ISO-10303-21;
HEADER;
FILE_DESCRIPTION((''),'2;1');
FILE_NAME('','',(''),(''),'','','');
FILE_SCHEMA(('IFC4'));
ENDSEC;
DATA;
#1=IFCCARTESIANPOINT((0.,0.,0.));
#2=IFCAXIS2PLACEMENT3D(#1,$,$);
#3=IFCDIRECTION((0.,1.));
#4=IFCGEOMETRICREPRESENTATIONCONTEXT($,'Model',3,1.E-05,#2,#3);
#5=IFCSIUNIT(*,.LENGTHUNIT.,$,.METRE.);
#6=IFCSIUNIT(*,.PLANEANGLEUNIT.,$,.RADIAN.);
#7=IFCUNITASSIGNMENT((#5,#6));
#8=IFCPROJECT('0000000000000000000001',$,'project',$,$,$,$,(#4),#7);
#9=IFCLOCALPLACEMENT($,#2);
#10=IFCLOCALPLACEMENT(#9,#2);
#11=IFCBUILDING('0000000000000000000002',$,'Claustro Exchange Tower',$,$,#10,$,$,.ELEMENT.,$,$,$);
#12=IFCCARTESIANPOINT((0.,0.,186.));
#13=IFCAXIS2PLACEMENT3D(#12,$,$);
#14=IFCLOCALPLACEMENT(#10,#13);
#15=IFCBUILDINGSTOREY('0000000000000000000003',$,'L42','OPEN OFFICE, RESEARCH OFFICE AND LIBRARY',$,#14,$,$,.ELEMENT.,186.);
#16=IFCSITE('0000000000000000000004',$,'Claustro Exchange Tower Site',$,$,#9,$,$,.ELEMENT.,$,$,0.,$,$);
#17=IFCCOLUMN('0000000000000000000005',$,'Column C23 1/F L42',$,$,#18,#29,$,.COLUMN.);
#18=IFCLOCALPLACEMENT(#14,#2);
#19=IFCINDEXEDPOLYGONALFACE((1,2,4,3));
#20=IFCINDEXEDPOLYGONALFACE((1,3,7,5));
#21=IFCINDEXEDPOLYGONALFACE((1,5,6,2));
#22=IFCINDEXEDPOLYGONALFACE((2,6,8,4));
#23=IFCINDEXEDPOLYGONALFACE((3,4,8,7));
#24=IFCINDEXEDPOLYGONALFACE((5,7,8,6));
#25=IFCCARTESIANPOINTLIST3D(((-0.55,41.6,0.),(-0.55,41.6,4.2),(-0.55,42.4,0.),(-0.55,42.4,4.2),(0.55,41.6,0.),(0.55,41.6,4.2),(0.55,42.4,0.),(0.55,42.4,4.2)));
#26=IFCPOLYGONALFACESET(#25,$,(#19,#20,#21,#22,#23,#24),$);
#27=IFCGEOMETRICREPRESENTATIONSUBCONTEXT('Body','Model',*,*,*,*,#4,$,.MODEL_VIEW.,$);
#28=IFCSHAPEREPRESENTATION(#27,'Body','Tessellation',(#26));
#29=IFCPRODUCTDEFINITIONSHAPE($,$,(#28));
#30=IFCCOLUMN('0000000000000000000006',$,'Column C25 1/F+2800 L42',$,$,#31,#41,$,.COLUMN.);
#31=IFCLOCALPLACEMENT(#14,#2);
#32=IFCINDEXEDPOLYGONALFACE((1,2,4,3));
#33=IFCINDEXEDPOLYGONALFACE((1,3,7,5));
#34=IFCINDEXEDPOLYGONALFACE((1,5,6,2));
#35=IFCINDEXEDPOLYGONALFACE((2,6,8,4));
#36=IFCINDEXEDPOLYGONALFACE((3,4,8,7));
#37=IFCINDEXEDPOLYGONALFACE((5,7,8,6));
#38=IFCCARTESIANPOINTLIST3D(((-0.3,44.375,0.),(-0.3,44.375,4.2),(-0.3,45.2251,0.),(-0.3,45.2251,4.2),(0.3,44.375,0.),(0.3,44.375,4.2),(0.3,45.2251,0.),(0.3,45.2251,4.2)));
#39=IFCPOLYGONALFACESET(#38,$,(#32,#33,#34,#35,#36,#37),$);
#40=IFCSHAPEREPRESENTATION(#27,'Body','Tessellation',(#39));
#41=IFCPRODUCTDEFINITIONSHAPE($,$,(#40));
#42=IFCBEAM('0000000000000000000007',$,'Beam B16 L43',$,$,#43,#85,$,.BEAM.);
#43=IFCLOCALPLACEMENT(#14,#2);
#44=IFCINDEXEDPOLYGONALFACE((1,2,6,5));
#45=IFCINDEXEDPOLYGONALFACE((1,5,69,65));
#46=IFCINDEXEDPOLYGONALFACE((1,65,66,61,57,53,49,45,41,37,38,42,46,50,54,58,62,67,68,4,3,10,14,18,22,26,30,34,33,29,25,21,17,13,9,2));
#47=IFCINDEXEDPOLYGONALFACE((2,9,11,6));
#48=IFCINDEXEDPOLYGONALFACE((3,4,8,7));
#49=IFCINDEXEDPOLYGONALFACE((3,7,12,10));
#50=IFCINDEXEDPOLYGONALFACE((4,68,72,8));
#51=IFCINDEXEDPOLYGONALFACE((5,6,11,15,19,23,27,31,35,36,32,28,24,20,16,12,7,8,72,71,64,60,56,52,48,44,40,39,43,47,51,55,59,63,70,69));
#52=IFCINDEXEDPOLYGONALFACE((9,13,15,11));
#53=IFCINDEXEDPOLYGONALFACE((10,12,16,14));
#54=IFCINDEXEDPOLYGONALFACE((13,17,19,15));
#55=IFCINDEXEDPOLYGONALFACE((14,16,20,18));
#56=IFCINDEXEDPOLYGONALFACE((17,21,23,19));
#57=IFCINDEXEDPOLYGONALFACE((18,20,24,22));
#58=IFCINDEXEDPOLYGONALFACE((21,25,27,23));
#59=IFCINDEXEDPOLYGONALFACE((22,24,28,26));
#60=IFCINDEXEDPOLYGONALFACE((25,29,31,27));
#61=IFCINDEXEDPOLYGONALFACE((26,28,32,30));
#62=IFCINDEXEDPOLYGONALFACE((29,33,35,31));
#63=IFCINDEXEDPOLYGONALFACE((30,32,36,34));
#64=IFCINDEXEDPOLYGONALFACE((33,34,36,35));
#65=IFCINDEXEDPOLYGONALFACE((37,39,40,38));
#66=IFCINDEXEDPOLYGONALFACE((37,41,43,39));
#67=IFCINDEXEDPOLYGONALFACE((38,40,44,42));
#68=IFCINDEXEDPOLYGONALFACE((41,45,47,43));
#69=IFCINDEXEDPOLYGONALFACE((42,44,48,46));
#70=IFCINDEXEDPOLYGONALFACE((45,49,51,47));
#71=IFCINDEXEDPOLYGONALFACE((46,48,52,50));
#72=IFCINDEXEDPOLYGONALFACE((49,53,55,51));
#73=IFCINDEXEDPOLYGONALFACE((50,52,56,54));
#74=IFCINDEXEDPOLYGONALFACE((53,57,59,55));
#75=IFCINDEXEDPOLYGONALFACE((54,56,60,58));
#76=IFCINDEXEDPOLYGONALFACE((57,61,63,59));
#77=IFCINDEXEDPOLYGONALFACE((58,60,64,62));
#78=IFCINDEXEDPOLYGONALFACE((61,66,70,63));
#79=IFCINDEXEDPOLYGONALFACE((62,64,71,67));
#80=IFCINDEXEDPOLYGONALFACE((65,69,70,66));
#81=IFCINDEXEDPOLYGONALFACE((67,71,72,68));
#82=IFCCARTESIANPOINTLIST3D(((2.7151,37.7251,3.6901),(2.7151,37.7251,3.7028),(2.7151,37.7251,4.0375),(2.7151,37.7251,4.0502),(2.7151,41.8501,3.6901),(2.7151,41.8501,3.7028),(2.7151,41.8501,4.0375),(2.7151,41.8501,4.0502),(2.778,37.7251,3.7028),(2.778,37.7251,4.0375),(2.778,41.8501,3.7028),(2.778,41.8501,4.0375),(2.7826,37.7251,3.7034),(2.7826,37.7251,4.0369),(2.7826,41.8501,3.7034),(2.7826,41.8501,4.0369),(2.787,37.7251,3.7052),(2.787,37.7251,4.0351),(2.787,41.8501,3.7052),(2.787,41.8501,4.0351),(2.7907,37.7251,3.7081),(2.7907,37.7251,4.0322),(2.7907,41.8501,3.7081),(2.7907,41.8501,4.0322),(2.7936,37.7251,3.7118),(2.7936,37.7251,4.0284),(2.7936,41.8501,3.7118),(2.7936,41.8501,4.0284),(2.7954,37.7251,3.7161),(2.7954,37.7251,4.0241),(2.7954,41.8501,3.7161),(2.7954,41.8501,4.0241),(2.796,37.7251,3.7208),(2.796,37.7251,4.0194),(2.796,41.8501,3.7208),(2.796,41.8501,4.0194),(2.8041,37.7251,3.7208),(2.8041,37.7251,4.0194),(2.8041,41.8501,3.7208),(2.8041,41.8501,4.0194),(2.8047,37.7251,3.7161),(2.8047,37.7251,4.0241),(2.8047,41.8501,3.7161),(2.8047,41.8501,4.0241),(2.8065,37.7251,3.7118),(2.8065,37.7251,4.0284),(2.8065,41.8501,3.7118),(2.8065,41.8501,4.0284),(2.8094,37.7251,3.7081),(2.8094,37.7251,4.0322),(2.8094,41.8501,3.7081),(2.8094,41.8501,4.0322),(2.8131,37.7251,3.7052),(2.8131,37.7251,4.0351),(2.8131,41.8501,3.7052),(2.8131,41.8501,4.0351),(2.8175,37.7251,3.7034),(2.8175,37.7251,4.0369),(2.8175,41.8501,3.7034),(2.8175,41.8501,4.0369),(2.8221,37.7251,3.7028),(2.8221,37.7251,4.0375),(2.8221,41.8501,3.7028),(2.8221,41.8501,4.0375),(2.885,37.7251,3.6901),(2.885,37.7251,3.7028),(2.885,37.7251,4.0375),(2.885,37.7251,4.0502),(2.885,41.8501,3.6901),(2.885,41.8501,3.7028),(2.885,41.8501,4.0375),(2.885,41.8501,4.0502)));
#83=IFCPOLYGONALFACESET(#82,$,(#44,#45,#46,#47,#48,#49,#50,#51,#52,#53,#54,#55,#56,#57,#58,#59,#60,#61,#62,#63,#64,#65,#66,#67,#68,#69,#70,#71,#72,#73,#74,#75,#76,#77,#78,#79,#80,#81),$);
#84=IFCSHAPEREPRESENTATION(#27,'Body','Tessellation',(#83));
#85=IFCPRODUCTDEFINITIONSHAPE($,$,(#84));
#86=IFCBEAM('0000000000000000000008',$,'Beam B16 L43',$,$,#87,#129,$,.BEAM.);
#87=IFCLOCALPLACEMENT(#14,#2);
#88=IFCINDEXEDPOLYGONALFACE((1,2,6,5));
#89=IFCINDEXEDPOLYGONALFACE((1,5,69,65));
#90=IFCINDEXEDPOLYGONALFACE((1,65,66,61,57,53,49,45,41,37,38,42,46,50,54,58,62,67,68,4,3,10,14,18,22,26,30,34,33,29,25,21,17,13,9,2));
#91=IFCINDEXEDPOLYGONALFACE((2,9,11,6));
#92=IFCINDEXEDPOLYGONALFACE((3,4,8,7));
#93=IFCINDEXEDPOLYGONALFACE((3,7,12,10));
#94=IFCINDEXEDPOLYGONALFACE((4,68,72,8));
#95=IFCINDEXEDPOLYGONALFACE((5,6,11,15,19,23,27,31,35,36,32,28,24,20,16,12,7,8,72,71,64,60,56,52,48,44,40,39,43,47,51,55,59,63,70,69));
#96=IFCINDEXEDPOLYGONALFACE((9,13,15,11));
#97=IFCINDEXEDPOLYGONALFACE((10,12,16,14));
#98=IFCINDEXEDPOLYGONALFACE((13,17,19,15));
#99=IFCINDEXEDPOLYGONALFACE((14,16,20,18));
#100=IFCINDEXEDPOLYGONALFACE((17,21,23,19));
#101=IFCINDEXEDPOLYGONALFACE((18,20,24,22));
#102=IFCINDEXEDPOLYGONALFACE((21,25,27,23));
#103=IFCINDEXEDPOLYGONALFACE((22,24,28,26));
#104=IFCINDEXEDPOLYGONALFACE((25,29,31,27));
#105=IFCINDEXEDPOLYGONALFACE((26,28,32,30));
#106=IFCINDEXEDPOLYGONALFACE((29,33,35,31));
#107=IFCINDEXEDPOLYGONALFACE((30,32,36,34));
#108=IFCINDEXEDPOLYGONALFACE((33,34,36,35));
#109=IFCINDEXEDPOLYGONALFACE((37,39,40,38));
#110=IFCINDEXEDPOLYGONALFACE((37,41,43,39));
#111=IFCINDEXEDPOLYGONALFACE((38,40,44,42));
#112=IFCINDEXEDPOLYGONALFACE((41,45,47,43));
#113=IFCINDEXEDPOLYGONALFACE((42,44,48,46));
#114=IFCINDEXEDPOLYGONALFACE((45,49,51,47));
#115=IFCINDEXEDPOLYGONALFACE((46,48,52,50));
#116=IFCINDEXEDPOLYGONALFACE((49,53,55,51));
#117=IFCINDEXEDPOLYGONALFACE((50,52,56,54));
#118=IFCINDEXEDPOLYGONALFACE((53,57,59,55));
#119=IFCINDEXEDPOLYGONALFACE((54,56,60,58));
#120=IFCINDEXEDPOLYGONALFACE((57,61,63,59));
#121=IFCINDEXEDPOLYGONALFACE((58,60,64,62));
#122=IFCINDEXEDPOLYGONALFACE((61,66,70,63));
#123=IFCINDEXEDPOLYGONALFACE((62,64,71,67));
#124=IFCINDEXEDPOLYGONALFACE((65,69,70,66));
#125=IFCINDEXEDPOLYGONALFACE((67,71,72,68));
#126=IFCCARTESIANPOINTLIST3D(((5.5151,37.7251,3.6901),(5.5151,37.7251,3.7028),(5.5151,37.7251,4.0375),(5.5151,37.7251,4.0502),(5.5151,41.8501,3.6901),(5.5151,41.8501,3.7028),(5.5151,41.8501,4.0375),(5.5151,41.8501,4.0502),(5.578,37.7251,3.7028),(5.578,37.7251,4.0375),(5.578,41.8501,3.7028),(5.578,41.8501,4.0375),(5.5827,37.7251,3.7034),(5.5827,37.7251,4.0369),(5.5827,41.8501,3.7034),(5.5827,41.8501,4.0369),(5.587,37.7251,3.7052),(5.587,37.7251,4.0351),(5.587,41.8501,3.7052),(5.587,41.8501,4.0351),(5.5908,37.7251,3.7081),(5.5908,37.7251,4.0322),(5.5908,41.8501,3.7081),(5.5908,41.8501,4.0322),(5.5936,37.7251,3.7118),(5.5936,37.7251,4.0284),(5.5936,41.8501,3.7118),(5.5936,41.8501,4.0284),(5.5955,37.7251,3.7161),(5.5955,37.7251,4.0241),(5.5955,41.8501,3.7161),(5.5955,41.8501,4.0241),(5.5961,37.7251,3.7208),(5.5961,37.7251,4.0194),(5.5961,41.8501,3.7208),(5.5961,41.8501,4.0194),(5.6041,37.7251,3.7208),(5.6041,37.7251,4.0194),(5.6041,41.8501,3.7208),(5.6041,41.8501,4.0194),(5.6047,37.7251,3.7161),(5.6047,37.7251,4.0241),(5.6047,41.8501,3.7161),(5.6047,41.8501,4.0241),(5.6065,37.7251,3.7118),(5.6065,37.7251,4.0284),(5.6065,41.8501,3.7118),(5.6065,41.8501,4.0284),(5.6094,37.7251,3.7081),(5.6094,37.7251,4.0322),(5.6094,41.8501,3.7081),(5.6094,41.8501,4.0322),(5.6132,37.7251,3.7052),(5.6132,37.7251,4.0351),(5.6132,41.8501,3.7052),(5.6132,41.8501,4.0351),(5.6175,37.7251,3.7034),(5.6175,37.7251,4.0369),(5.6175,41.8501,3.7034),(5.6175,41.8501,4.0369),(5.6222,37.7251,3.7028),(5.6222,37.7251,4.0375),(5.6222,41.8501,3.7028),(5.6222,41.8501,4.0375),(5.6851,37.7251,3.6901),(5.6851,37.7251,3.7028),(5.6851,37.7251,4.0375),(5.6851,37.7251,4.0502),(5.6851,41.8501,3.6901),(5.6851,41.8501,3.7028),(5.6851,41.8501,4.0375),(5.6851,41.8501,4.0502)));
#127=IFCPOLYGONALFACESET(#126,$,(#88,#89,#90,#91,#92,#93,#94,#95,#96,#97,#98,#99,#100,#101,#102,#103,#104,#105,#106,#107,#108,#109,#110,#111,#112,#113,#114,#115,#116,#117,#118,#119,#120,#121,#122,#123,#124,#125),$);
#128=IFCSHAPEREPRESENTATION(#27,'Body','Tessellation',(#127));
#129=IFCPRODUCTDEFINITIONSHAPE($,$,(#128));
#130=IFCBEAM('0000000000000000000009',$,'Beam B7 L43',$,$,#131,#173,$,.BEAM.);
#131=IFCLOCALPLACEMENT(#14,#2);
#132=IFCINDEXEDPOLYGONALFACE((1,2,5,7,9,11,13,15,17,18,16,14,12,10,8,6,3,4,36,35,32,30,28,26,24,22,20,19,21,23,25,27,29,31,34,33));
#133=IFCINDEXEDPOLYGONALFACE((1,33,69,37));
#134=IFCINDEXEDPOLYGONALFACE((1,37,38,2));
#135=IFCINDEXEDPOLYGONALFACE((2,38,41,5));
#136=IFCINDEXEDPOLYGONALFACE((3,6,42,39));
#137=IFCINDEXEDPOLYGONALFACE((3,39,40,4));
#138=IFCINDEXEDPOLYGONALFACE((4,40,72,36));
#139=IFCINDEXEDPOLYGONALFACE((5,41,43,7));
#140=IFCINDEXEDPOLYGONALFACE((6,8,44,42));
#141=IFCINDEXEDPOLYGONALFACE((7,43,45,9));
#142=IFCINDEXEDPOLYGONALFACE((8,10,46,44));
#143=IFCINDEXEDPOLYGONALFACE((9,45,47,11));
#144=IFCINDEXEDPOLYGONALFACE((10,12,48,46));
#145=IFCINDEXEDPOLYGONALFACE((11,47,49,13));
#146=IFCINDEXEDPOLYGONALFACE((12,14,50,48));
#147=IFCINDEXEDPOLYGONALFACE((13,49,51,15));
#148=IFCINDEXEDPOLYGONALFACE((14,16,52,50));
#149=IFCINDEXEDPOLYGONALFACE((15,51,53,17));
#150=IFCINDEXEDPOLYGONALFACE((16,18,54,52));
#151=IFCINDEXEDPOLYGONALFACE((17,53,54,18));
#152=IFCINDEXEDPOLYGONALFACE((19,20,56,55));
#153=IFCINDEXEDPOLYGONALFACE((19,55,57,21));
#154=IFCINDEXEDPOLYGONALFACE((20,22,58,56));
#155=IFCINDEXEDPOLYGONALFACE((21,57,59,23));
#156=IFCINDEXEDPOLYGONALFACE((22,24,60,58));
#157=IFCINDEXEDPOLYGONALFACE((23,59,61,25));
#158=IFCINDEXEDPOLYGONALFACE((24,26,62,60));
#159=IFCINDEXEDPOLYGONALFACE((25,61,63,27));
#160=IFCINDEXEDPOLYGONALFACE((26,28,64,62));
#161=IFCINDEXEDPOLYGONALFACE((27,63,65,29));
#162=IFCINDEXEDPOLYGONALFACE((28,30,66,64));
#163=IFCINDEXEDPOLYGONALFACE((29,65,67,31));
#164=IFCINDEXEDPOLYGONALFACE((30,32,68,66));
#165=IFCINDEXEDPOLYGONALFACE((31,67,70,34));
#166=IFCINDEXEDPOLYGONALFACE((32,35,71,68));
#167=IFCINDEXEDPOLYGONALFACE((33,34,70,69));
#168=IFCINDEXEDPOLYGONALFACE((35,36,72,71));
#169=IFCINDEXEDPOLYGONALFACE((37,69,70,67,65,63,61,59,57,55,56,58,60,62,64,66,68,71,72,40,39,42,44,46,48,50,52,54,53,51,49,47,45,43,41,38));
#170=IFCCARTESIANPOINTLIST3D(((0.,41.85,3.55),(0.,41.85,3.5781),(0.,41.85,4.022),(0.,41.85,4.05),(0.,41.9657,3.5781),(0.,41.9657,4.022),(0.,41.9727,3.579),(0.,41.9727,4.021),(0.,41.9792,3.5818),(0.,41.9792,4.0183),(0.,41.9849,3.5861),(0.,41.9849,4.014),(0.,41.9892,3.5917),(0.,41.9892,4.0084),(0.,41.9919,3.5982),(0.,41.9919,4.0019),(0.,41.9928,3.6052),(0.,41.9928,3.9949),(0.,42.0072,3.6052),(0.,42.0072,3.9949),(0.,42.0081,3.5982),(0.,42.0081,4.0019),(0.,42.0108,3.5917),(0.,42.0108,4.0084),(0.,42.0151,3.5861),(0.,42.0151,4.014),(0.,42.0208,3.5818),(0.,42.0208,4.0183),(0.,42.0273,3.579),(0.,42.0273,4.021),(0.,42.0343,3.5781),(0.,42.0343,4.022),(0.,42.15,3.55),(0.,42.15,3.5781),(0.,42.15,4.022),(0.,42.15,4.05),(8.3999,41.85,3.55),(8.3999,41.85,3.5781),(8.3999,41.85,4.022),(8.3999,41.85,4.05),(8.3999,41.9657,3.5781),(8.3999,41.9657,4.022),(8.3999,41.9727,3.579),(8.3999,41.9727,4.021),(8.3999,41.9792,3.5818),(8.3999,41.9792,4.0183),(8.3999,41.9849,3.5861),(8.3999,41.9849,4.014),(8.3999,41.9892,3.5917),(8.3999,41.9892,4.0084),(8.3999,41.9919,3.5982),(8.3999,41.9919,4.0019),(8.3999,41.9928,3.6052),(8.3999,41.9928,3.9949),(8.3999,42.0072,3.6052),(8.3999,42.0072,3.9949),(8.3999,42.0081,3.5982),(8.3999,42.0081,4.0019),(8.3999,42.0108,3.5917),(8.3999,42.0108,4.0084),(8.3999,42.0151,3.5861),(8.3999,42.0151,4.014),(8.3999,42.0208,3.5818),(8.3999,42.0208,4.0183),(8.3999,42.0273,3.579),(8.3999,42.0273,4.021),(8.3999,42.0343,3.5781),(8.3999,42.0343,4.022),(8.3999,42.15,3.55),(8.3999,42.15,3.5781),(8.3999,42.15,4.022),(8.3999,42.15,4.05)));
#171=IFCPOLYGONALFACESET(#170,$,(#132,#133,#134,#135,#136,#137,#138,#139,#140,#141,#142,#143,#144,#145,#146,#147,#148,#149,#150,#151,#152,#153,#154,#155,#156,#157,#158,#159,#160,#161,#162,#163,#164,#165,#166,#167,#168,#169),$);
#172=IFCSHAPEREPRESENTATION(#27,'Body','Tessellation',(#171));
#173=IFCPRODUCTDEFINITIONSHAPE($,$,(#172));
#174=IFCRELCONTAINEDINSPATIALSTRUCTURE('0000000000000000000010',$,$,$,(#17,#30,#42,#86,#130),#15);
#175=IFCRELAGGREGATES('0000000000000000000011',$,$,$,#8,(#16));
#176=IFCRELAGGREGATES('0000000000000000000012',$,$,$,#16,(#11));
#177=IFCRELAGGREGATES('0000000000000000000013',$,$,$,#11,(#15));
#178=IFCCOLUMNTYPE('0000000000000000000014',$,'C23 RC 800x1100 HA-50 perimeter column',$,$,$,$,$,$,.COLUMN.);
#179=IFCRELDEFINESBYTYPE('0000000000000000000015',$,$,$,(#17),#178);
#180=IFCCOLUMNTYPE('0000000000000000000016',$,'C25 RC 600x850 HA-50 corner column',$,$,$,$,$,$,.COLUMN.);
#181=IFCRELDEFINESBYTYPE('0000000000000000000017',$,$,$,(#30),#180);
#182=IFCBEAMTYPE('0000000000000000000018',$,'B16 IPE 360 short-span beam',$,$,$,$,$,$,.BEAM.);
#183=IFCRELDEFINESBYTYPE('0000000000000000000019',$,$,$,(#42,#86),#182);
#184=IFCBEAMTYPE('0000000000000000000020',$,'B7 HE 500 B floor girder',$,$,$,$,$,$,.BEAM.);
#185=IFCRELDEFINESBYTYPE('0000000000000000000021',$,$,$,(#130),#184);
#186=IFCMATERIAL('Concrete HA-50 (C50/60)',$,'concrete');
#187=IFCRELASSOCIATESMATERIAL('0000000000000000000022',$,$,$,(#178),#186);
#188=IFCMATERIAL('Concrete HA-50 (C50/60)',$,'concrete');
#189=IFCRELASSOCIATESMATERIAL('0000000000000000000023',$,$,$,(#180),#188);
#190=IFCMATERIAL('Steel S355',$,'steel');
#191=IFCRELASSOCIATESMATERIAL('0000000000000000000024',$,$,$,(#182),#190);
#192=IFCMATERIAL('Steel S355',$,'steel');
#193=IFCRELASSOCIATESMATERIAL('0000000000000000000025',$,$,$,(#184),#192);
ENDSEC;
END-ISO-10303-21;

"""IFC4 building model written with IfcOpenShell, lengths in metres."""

from ifc_helpers import new_model, si_unit, direction, frame, origin, origin_2d, place, context, subcontext, project, spatial, rectangle, i_section, extrude, material, material_profile, profile_set, type_object, element, save


model = new_model("IFC4")

# Units and contexts
model_context = context("Model", 3, precision=1e-05, world=origin(), true_north=direction((0.0, 1.0)))
body_context = subcontext(model_context, "Body", "Model", "MODEL_VIEW")
ifc_project = project(units=[si_unit("LENGTHUNIT", "METRE"), si_unit("PLANEANGLEUNIT", "RADIAN")], contexts=[model_context])

# Site, building, storey
site_placement = place(None, origin())
site = spatial("IfcSite", under=ifc_project, at=site_placement, Name="Claustro Exchange Tower Site", CompositionType="ELEMENT", RefElevation=0.0)
building_placement = place(site_placement, origin())
building = spatial("IfcBuilding", under=site, at=building_placement, Name="Claustro Exchange Tower", CompositionType="ELEMENT")
storey_placement = place(building_placement, frame((0.0, 0.0, 186.0)))
storey = spatial("IfcBuildingStorey", under=building, at=storey_placement, Name="L42", Description="OPEN OFFICE, RESEARCH OFFICE AND LIBRARY", CompositionType="ELEMENT", Elevation=186.0)

# Columns
ifc_material_1 = material(Name="Concrete HA-50 (C50/60)", Category="concrete")
ifc_material_profile_1 = material_profile(ifc_material_1, rectangle(XDim=0.8, YDim=1.1001, at=origin_2d()), Name="RC 800x1100")
ifc_profile_set_1 = profile_set([ifc_material_profile_1], Name="Concrete HA-50 (C50/60)")
column_type_1 = type_object("IfcColumnType", Name="C23 RC 800x1100 HA-50 perimeter column", PredefinedType="COLUMN", material=ifc_profile_set_1)
column_1_placement = place(storey_placement, frame((0.0, 42.0, 0.0), z_axis=(0.0, 0.0, 1.0), x_axis=(0.0, 1.0, 0.0)))
element("IfcColumn", 1, at=column_1_placement, inside=storey, type_object=column_type_1, Name="Column C23 1/F L42", PredefinedType="COLUMN", context=body_context, shape_type="SweptSolid", body=[
    extrude(rectangle(XDim=0.8, YDim=1.1001, at=origin_2d()), origin(), (0.0, 0.0, 1.0), 4.2),
])
ifc_material_2 = material(Name="Concrete HA-50 (C50/60)", Category="concrete")
ifc_material_profile_2 = material_profile(ifc_material_2, rectangle(XDim=0.6001, YDim=0.8501, at=origin_2d()), Name="RC 600x850")
ifc_profile_set_2 = profile_set([ifc_material_profile_2], Name="Concrete HA-50 (C50/60)")
column_type_2 = type_object("IfcColumnType", Name="C25 RC 600x850 HA-50 corner column", PredefinedType="COLUMN", material=ifc_profile_set_2)
column_2_placement = place(storey_placement, frame((0.0, 44.8, 0.0), z_axis=(0.0, 0.0, 1.0), x_axis=(1.0, 0.0, 0.0)))
element("IfcColumn", 2, at=column_2_placement, inside=storey, type_object=column_type_2, Name="Column C25 1/F+2800 L42", PredefinedType="COLUMN", context=body_context, shape_type="SweptSolid", body=[
    extrude(rectangle(XDim=0.6001, YDim=0.8501, at=origin_2d()), origin(), (0.0, 0.0, 1.0), 4.2),
])

# Beams
ifc_material_3 = material(Name="Steel S355", Category="steel")
ifc_material_profile_3 = material_profile(ifc_material_3, i_section(OverallWidth=0.1699, OverallDepth=0.3601, WebThickness=0.0081, FlangeThickness=0.0127, FilletRadius=0.0181, at=origin_2d()), Name="IPE 360")
ifc_profile_set_3 = profile_set([ifc_material_profile_3], Name="Steel S355")
beam_type_1 = type_object("IfcBeamType", Name="B16 IPE 360 short-span beam", PredefinedType="BEAM", material=ifc_profile_set_3)
for number, where, z_axis, x_axis, name in (
    (3, (2.8, 37.7251, 3.8701), (0.0, 1.0, 0.0), (-1.0, 0.0, 0.0), "Beam B16 L43"),
    (4, (5.6001, 37.7251, 3.8701), (0.0, 1.0, 0.0), (-1.0, 0.0, 0.0), "Beam B16 L43"),
):
    element("IfcBeam", number, at=place(storey_placement, frame(where, z_axis=z_axis, x_axis=x_axis)), inside=storey, type_object=beam_type_1, Name=name, PredefinedType="BEAM", context=body_context, shape_type="SweptSolid", body=[
        extrude(i_section(OverallWidth=0.1699, OverallDepth=0.3601, WebThickness=0.0081, FlangeThickness=0.0127, FilletRadius=0.0181, at=origin_2d()), origin(), (0.0, 0.0, 1.0), 4.125),
    ])
ifc_material_4 = material(Name="Steel S355", Category="steel")
ifc_material_profile_4 = material_profile(ifc_material_4, i_section(OverallWidth=0.3, OverallDepth=0.5, WebThickness=0.0144, FlangeThickness=0.0281, FilletRadius=0.0271, at=origin_2d()), Name="HE 500 B")
ifc_profile_set_4 = profile_set([ifc_material_profile_4], Name="Steel S355")
beam_type_2 = type_object("IfcBeamType", Name="B7 HE 500 B floor girder", PredefinedType="BEAM", material=ifc_profile_set_4)
beam_1_placement = place(storey_placement, frame((0.0, 42.0, 3.8), z_axis=(1.0, 0.0, 0.0), x_axis=(0.0, 1.0, 0.0)))
element("IfcBeam", 5, at=beam_1_placement, inside=storey, type_object=beam_type_2, Name="Beam B7 L43", PredefinedType="BEAM", context=body_context, shape_type="SweptSolid", body=[
    extrude(i_section(OverallWidth=0.3, OverallDepth=0.5, WebThickness=0.0144, FlangeThickness=0.0281, FilletRadius=0.0271, at=origin_2d()), origin(), (0.0, 0.0, 1.0), 8.3999),
])

save(model, "model.ifc")
